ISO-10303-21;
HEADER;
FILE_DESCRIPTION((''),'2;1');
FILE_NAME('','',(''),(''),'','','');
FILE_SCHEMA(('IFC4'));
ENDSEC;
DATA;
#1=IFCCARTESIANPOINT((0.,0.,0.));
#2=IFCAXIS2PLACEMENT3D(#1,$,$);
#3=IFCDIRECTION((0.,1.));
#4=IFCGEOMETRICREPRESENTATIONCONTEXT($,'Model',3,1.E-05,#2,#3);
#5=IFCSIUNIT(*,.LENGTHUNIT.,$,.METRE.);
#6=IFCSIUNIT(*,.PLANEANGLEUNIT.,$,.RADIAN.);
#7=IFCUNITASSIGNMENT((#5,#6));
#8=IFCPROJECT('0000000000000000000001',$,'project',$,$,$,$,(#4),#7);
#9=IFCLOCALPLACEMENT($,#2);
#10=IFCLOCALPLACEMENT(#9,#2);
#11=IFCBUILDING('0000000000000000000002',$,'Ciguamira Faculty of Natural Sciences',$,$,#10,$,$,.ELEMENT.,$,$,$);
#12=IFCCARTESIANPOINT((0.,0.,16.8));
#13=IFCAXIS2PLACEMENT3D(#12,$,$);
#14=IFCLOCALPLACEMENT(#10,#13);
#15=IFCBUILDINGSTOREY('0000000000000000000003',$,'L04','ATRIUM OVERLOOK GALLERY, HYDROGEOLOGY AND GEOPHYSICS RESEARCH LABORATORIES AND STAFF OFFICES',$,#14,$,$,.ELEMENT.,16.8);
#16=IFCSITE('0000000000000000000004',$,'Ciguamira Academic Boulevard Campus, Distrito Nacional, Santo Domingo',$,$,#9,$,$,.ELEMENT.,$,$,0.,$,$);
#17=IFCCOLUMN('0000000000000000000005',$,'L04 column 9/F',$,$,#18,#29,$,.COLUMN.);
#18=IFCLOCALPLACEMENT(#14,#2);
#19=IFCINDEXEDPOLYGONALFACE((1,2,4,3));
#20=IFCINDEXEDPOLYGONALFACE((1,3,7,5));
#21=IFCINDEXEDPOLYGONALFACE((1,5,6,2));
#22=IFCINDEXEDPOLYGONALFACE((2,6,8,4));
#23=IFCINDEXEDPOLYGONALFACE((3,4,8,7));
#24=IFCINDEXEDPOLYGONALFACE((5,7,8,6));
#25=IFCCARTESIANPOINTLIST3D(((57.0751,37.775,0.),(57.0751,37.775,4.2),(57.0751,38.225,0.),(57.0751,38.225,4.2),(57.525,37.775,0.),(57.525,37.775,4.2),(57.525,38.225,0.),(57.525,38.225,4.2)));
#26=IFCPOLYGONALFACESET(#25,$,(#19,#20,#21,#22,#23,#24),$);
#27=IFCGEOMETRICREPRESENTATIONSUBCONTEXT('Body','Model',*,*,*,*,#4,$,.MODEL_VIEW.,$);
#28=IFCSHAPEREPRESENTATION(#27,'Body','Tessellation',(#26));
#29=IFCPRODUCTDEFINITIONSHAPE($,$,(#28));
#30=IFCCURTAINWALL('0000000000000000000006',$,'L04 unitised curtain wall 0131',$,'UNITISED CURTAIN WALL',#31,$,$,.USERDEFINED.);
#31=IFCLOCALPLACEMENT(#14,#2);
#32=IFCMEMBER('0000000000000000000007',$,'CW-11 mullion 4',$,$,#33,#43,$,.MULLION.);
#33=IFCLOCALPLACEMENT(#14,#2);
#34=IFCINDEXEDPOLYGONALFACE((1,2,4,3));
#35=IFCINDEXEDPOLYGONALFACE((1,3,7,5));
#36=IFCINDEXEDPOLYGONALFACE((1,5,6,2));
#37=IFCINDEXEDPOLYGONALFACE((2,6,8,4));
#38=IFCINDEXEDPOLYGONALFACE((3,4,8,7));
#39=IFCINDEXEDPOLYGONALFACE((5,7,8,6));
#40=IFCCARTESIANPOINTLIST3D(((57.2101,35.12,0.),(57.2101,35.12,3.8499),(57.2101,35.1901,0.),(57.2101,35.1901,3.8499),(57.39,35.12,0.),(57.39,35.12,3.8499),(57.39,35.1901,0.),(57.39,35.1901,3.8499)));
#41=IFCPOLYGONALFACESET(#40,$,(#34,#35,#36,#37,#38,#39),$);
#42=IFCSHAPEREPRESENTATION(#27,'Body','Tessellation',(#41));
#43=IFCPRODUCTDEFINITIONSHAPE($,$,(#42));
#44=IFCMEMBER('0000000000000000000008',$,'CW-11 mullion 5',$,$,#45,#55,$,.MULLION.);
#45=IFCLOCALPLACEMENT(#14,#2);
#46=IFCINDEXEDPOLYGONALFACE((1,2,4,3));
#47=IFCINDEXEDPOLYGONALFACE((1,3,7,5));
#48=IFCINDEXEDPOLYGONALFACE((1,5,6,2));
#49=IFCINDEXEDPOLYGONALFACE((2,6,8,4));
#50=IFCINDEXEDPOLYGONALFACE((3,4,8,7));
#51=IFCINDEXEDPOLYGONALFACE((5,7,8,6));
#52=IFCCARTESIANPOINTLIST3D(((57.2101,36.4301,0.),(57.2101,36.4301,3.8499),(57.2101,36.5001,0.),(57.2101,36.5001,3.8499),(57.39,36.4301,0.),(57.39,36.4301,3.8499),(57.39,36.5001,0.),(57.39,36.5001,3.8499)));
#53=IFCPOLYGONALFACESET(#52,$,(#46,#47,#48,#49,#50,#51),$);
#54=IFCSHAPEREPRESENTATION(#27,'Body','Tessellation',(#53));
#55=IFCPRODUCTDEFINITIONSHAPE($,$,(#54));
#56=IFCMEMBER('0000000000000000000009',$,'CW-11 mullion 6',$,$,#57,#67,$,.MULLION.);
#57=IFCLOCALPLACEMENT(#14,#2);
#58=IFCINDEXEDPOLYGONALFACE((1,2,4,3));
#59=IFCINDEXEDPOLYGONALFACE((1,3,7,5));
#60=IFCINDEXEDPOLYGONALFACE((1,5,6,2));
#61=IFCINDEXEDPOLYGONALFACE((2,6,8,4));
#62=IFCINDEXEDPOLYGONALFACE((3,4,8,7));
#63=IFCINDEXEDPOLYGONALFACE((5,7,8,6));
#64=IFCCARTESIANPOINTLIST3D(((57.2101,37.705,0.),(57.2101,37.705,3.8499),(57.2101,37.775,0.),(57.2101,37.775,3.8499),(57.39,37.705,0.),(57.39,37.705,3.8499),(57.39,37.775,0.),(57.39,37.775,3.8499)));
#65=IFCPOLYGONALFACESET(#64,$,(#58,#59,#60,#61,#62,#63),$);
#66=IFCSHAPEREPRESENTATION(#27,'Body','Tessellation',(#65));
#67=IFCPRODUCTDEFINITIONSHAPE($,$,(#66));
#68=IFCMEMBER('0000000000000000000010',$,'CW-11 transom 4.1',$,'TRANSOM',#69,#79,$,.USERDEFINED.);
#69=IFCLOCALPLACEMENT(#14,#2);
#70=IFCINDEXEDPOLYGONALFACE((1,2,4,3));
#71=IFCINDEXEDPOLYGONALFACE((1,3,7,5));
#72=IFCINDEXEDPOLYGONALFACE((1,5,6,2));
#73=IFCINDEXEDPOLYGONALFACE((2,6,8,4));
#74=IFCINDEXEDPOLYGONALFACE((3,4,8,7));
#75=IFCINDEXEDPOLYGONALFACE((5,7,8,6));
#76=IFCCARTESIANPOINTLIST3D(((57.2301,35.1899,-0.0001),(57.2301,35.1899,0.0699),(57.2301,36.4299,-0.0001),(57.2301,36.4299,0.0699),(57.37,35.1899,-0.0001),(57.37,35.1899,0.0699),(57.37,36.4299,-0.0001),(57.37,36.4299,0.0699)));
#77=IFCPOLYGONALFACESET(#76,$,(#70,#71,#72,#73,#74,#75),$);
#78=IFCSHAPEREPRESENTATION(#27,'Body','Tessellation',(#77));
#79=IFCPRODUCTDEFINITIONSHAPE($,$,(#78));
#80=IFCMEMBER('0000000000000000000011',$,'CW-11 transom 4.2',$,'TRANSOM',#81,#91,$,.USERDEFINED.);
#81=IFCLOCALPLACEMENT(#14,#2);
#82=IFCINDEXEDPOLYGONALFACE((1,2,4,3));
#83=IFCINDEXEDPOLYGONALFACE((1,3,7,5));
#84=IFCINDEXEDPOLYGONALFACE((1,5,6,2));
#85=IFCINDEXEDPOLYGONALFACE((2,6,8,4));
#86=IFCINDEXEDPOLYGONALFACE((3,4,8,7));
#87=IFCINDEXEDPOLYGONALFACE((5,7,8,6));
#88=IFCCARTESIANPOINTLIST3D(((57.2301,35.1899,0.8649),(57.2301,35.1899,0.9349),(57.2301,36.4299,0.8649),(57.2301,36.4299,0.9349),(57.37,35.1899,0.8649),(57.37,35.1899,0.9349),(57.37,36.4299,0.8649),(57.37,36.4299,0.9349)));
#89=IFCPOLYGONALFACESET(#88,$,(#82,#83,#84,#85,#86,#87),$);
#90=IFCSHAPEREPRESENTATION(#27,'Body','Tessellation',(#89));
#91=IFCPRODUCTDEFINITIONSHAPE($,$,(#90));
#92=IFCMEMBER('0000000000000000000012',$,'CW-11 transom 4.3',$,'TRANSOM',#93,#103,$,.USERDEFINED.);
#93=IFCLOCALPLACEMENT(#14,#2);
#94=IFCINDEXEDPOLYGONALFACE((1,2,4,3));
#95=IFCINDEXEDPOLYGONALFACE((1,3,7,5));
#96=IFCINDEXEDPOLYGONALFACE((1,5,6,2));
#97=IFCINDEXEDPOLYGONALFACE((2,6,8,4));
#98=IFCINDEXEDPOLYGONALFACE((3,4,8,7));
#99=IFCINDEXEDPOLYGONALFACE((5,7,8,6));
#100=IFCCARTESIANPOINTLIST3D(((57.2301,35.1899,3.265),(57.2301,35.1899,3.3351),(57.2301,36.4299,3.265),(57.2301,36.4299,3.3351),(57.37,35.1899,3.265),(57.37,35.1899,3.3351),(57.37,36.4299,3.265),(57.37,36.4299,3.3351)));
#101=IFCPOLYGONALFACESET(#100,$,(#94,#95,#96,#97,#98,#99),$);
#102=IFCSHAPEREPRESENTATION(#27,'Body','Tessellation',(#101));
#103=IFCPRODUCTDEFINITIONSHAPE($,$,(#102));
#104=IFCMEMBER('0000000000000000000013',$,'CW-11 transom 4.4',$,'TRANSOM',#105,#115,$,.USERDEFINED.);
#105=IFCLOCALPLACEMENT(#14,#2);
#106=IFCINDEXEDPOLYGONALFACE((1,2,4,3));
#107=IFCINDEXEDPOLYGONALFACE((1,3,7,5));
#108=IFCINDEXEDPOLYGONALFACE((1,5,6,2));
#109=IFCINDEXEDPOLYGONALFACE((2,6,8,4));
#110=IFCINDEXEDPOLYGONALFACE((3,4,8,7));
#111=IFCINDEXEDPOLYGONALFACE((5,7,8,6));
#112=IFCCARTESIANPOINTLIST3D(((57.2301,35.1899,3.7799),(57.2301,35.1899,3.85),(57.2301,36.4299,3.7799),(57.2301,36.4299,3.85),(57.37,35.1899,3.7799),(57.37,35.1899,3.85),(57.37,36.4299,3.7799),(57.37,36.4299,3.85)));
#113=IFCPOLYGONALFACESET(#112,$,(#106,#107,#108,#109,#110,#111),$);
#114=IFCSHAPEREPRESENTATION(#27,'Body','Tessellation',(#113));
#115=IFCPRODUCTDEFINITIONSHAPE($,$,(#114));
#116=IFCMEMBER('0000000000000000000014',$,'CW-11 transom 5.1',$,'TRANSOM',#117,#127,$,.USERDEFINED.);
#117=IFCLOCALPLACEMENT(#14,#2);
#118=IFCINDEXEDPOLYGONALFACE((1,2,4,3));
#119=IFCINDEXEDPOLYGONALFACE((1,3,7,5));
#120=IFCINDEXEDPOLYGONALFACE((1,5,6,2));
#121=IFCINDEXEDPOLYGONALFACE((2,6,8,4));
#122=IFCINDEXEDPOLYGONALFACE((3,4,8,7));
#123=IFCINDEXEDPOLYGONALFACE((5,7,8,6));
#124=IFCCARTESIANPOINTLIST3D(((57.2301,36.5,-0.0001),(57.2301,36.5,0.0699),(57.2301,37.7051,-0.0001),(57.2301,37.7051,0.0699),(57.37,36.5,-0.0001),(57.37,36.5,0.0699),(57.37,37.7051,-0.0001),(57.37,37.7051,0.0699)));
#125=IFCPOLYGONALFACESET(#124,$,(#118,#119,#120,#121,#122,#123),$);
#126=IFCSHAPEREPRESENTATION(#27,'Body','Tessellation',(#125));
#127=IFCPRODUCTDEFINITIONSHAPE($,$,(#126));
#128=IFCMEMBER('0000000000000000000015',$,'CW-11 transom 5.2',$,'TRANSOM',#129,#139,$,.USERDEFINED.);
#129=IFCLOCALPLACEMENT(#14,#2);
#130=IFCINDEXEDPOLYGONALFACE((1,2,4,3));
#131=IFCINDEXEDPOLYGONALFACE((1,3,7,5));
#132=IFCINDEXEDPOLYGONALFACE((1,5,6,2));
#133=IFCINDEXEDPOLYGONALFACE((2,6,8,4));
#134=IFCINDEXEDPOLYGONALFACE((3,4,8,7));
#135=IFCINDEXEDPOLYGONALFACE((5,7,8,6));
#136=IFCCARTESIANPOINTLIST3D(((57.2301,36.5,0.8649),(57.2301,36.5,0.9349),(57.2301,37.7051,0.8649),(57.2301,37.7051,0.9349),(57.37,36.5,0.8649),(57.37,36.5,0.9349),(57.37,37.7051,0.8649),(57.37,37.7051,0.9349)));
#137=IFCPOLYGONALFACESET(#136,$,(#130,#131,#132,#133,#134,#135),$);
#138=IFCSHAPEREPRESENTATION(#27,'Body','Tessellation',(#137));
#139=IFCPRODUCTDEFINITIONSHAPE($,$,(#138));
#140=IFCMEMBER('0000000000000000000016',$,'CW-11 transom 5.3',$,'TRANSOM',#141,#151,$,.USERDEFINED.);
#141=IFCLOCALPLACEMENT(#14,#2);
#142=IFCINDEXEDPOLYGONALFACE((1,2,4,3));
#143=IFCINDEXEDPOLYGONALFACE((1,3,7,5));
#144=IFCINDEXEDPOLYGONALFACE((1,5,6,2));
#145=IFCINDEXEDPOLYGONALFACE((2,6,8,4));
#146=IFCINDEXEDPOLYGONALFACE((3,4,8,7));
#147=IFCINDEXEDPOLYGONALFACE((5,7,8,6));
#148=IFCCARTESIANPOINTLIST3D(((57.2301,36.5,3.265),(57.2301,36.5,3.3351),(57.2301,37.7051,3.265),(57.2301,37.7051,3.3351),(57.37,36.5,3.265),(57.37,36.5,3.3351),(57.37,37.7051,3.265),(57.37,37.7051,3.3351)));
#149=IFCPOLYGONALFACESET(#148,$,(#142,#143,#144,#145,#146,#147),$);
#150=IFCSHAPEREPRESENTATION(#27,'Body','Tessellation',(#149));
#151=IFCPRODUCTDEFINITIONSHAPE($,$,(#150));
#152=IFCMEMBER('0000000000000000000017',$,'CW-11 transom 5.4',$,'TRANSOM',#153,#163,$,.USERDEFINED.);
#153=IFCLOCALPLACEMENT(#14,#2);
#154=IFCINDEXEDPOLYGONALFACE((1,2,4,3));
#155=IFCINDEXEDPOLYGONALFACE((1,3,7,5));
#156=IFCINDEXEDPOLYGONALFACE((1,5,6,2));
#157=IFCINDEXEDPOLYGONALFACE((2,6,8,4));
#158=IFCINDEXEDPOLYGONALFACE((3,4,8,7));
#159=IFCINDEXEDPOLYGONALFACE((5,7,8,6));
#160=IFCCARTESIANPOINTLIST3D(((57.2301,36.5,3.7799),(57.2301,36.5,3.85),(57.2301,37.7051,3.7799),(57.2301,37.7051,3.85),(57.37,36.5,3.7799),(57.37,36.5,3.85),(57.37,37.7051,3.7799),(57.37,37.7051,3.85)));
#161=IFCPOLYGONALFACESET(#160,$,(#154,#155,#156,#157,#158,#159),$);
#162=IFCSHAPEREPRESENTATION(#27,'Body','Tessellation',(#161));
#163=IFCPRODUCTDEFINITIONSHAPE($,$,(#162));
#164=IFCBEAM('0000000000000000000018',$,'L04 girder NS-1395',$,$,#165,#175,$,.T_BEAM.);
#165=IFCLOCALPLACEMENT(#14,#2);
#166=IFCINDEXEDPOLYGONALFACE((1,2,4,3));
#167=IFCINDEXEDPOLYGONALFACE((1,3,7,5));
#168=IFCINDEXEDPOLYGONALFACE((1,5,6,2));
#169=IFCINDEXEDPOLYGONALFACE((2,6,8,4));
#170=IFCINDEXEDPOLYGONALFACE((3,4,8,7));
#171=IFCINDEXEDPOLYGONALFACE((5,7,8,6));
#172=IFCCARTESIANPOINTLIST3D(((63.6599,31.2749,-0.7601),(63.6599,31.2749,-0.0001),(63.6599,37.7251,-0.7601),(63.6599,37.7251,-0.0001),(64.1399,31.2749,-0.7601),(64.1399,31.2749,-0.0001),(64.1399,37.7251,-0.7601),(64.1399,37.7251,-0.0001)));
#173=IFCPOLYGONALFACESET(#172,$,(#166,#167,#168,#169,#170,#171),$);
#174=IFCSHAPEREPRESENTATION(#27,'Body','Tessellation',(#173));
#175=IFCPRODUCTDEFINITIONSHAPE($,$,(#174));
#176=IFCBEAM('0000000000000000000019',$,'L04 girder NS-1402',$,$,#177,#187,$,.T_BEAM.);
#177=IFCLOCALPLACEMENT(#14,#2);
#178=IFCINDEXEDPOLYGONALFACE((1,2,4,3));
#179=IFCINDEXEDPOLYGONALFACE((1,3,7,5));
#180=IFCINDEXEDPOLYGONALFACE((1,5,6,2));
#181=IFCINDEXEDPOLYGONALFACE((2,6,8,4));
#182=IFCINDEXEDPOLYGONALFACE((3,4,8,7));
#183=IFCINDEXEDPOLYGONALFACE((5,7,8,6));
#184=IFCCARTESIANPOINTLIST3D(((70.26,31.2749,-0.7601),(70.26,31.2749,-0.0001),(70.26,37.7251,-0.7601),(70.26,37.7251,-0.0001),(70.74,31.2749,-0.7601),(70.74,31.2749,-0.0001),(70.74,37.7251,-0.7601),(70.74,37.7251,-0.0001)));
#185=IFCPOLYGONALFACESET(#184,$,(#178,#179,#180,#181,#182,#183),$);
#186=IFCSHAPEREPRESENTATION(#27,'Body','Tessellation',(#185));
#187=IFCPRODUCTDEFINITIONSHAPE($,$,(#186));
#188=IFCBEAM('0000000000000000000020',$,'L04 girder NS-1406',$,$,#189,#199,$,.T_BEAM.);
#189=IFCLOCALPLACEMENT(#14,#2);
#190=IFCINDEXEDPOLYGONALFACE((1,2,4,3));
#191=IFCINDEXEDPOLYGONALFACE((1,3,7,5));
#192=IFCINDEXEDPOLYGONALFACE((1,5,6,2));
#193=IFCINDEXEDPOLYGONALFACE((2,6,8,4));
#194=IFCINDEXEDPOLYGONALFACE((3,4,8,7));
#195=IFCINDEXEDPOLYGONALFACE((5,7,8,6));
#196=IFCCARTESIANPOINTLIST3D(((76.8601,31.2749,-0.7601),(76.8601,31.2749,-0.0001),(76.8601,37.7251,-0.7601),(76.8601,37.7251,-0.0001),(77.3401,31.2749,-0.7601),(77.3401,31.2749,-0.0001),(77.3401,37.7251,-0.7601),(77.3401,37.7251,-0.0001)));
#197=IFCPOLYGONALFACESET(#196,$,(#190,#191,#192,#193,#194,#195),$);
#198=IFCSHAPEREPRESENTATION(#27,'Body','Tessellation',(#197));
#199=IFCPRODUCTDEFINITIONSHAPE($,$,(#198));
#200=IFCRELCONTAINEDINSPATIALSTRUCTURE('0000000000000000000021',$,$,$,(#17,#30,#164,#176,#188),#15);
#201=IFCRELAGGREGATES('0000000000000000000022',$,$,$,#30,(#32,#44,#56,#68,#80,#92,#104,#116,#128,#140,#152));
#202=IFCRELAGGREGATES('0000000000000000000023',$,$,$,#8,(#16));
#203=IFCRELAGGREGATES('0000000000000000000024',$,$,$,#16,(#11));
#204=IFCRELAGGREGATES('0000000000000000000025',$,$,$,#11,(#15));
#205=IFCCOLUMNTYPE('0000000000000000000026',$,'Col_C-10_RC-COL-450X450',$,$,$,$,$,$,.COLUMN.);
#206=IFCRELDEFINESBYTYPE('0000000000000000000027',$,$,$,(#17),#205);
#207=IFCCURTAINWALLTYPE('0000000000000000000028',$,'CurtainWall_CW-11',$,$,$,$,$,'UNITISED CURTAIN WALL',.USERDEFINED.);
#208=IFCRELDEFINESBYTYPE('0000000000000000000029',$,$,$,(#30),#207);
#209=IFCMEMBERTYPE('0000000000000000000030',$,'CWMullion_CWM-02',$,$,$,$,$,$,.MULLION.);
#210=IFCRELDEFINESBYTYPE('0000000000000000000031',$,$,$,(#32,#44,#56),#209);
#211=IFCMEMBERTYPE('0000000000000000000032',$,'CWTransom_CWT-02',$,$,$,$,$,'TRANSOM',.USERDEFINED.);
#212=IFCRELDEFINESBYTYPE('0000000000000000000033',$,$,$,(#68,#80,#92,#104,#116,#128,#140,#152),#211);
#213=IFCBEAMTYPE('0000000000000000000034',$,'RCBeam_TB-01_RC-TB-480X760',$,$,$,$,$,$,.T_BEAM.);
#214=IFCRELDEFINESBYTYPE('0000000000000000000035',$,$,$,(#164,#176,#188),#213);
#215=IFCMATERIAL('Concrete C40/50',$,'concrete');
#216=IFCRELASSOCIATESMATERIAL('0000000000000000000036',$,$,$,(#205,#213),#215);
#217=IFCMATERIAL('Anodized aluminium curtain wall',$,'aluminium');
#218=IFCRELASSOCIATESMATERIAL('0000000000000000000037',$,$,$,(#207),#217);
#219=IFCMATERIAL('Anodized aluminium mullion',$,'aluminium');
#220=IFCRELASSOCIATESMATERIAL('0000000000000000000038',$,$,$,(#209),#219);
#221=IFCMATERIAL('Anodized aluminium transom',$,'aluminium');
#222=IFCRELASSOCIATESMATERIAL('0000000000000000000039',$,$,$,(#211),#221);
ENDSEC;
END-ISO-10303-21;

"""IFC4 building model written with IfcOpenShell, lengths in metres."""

from ifc_helpers import new_model, si_unit, direction, frame, origin, origin_2d, place, context, subcontext, project, spatial, rectangle, extrude, material, material_profile, profile_set, type_object, element, aggregate, save


model = new_model("IFC4")

# Units and contexts
model_context = context("Model", 3, precision=1e-05, world=origin(), true_north=direction((0.0, 1.0)))
body_context = subcontext(model_context, "Body", "Model", "MODEL_VIEW")
ifc_project = project(units=[si_unit("LENGTHUNIT", "METRE"), si_unit("PLANEANGLEUNIT", "RADIAN")], contexts=[model_context])

# Site, building, storey
site_placement = place(None, origin())
site = spatial("IfcSite", under=ifc_project, at=site_placement, Name="Ciguamira Academic Boulevard Campus, Distrito Nacional, Santo Domingo", CompositionType="ELEMENT", RefElevation=0.0)
building_placement = place(site_placement, origin())
building = spatial("IfcBuilding", under=site, at=building_placement, Name="Ciguamira Faculty of Natural Sciences", CompositionType="ELEMENT")
storey_placement = place(building_placement, frame((0.0, 0.0, 16.8)))
storey = spatial("IfcBuildingStorey", under=building, at=storey_placement, Name="L04", Description="ATRIUM OVERLOOK GALLERY, HYDROGEOLOGY AND GEOPHYSICS RESEARCH LABORATORIES AND STAFF OFFICES", CompositionType="ELEMENT", Elevation=16.8)

# Column
ifc_material_1 = material(Name="Concrete C40/50", Category="concrete")
ifc_material_profile_1 = material_profile(ifc_material_1, rectangle(XDim=0.45, YDim=0.45, at=origin_2d()), Name="RC-COL-450X450")
ifc_profile_set_1 = profile_set([ifc_material_profile_1], Name="Concrete C40/50")
column_type = type_object("IfcColumnType", Name="Col_C-10_RC-COL-450X450", PredefinedType="COLUMN", material=ifc_profile_set_1)
column_placement = place(storey_placement, frame((57.3, 38.0, 0.0), z_axis=(0.0, 0.0, 1.0), x_axis=(1.0, 0.0, 0.0)))
element("IfcColumn", 1, at=column_placement, inside=storey, type_object=column_type, Name="L04 column 9/F", PredefinedType="COLUMN", context=body_context, shape_type="SweptSolid", body=[
    extrude(rectangle(XDim=0.45, YDim=0.45, at=origin_2d()), origin(), (0.0, 0.0, 1.0), 4.2),
])

# Curtain wall, members
ifc_material_2 = material(Name="Anodized aluminium curtain wall", Category="aluminium")
curtain_wall_type = type_object("IfcCurtainWallType", Name="CurtainWall_CW-11", ElementType="UNITISED CURTAIN WALL", PredefinedType="USERDEFINED", material=ifc_material_2)
curtain_wall_placement = place(storey_placement, origin())
curtain_wall = element("IfcCurtainWall", 2, at=curtain_wall_placement, inside=storey, type_object=curtain_wall_type, Name="L04 unitised curtain wall 0131", ObjectType="UNITISED CURTAIN WALL", PredefinedType="USERDEFINED")
ifc_material_3 = material(Name="Anodized aluminium mullion", Category="aluminium")
ifc_material_profile_2 = material_profile(ifc_material_3, rectangle(XDim=0.0701, YDim=0.1799, at=origin_2d()), Name="ALU-MUL-70X180")
ifc_profile_set_2 = profile_set([ifc_material_profile_2], Name="Anodized aluminium mullion")
member_type_1 = type_object("IfcMemberType", Name="CWMullion_CWM-02", PredefinedType="MULLION", material=ifc_profile_set_2)
member_1_placement = place(storey_placement, frame((57.3, 35.155, 0.0), z_axis=(0.0, 0.0, 1.0), x_axis=(0.0, 1.0, 0.0)))
member_1 = element("IfcMember", 3, at=member_1_placement, type_object=member_type_1, Name="CW-11 mullion 4", PredefinedType="MULLION", context=body_context, shape_type="SweptSolid", body=[
    extrude(rectangle(XDim=0.0701, YDim=0.1799, at=origin_2d()), origin(), (0.0, 0.0, 1.0), 3.8499),
])
member_2_placement = place(storey_placement, frame((57.3, 36.4651, 0.0), z_axis=(0.0, 0.0, 1.0), x_axis=(0.0, 1.0, 0.0)))
member_2 = element("IfcMember", 4, at=member_2_placement, type_object=member_type_1, Name="CW-11 mullion 5", PredefinedType="MULLION", context=body_context, shape_type="SweptSolid", body=[
    extrude(rectangle(XDim=0.0701, YDim=0.1799, at=origin_2d()), origin(), (0.0, 0.0, 1.0), 3.8499),
])
member_3_placement = place(storey_placement, frame((57.3, 37.74, 0.0), z_axis=(0.0, 0.0, 1.0), x_axis=(0.0, 1.0, 0.0)))
member_3 = element("IfcMember", 5, at=member_3_placement, type_object=member_type_1, Name="CW-11 mullion 6", PredefinedType="MULLION", context=body_context, shape_type="SweptSolid", body=[
    extrude(rectangle(XDim=0.0701, YDim=0.1799, at=origin_2d()), origin(), (0.0, 0.0, 1.0), 3.8499),
])
ifc_material_4 = material(Name="Anodized aluminium transom", Category="aluminium")
ifc_material_profile_3 = material_profile(ifc_material_4, rectangle(XDim=0.0701, YDim=0.1399, at=origin_2d()), Name="ALU-TRN-70X140")
ifc_profile_set_3 = profile_set([ifc_material_profile_3], Name="Anodized aluminium transom")
member_type_2 = type_object("IfcMemberType", Name="CWTransom_CWT-02", ElementType="TRANSOM", PredefinedType="USERDEFINED", material=ifc_profile_set_3)
member_4_placement = place(storey_placement, frame((57.3, 35.1899, 0.0349), z_axis=(0.0, 1.0, 0.0), x_axis=(0.0, 0.0, 1.0)))
member_4 = element("IfcMember", 6, at=member_4_placement, type_object=member_type_2, Name="CW-11 transom 4.1", ObjectType="TRANSOM", PredefinedType="USERDEFINED", context=body_context, shape_type="SweptSolid", body=[
    extrude(rectangle(XDim=0.0701, YDim=0.1399, at=origin_2d()), origin(), (0.0, 0.0, 1.0), 1.24),
])
member_5_placement = place(storey_placement, frame((57.3, 35.1899, 0.8999), z_axis=(0.0, 1.0, 0.0), x_axis=(0.0, 0.0, 1.0)))
member_5 = element("IfcMember", 7, at=member_5_placement, type_object=member_type_2, Name="CW-11 transom 4.2", ObjectType="TRANSOM", PredefinedType="USERDEFINED", context=body_context, shape_type="SweptSolid", body=[
    extrude(rectangle(XDim=0.0701, YDim=0.1399, at=origin_2d()), origin(), (0.0, 0.0, 1.0), 1.24),
])
member_6_placement = place(storey_placement, frame((57.3, 35.1899, 3.3), z_axis=(0.0, 1.0, 0.0), x_axis=(0.0, 0.0, 1.0)))
member_6 = element("IfcMember", 8, at=member_6_placement, type_object=member_type_2, Name="CW-11 transom 4.3", ObjectType="TRANSOM", PredefinedType="USERDEFINED", context=body_context, shape_type="SweptSolid", body=[
    extrude(rectangle(XDim=0.0701, YDim=0.1399, at=origin_2d()), origin(), (0.0, 0.0, 1.0), 1.24),
])
member_7_placement = place(storey_placement, frame((57.3, 35.1899, 3.8149), z_axis=(0.0, 1.0, 0.0), x_axis=(0.0, 0.0, 1.0)))
member_7 = element("IfcMember", 9, at=member_7_placement, type_object=member_type_2, Name="CW-11 transom 4.4", ObjectType="TRANSOM", PredefinedType="USERDEFINED", context=body_context, shape_type="SweptSolid", body=[
    extrude(rectangle(XDim=0.0701, YDim=0.1399, at=origin_2d()), origin(), (0.0, 0.0, 1.0), 1.24),
])
member_8_placement = place(storey_placement, frame((57.3, 36.5, 0.0349), z_axis=(0.0, 1.0, 0.0), x_axis=(0.0, 0.0, 1.0)))
member_8 = element("IfcMember", 10, at=member_8_placement, type_object=member_type_2, Name="CW-11 transom 5.1", ObjectType="TRANSOM", PredefinedType="USERDEFINED", context=body_context, shape_type="SweptSolid", body=[
    extrude(rectangle(XDim=0.0701, YDim=0.1399, at=origin_2d()), origin(), (0.0, 0.0, 1.0), 1.2051),
])
member_9_placement = place(storey_placement, frame((57.3, 36.5, 0.8999), z_axis=(0.0, 1.0, 0.0), x_axis=(0.0, 0.0, 1.0)))
member_9 = element("IfcMember", 11, at=member_9_placement, type_object=member_type_2, Name="CW-11 transom 5.2", ObjectType="TRANSOM", PredefinedType="USERDEFINED", context=body_context, shape_type="SweptSolid", body=[
    extrude(rectangle(XDim=0.0701, YDim=0.1399, at=origin_2d()), origin(), (0.0, 0.0, 1.0), 1.2051),
])
member_10_placement = place(storey_placement, frame((57.3, 36.5, 3.3), z_axis=(0.0, 1.0, 0.0), x_axis=(0.0, 0.0, 1.0)))
member_10 = element("IfcMember", 12, at=member_10_placement, type_object=member_type_2, Name="CW-11 transom 5.3", ObjectType="TRANSOM", PredefinedType="USERDEFINED", context=body_context, shape_type="SweptSolid", body=[
    extrude(rectangle(XDim=0.0701, YDim=0.1399, at=origin_2d()), origin(), (0.0, 0.0, 1.0), 1.2051),
])
member_11_placement = place(storey_placement, frame((57.3, 36.5, 3.8149), z_axis=(0.0, 1.0, 0.0), x_axis=(0.0, 0.0, 1.0)))
member_11 = element("IfcMember", 13, at=member_11_placement, type_object=member_type_2, Name="CW-11 transom 5.4", ObjectType="TRANSOM", PredefinedType="USERDEFINED", context=body_context, shape_type="SweptSolid", body=[
    extrude(rectangle(XDim=0.0701, YDim=0.1399, at=origin_2d()), origin(), (0.0, 0.0, 1.0), 1.2051),
])

# Beams
ifc_material_profile_4 = material_profile(ifc_material_1, rectangle(XDim=0.48, YDim=0.76, at=origin_2d()), Name="RC-TB-480X760")
ifc_profile_set_4 = profile_set([ifc_material_profile_4], Name="Concrete C40/50")
beam_type = type_object("IfcBeamType", Name="RCBeam_TB-01_RC-TB-480X760", PredefinedType="T_BEAM", material=ifc_profile_set_4)
for number, where, z_axis, x_axis, name in (
    (14, (63.8999, 31.2749, -0.3801), (0.0, 1.0, 0.0), (-1.0, 0.0, 0.0), "L04 girder NS-1395"),
    (15, (70.5, 31.2749, -0.3801), (0.0, 1.0, 0.0), (-1.0, 0.0, 0.0), "L04 girder NS-1402"),
    (16, (77.1001, 31.2749, -0.3801), (0.0, 1.0, 0.0), (-1.0, 0.0, 0.0), "L04 girder NS-1406"),
):
    element("IfcBeam", number, at=place(storey_placement, frame(where, z_axis=z_axis, x_axis=x_axis)), inside=storey, type_object=beam_type, Name=name, PredefinedType="T_BEAM", context=body_context, shape_type="SweptSolid", body=[
        extrude(rectangle(XDim=0.48, YDim=0.76, at=origin_2d()), origin(), (0.0, 0.0, 1.0), 6.4502),
    ])

aggregate(curtain_wall, [member_1, member_2, member_3, member_4, member_5, member_6, member_7, member_8, member_9, member_10, member_11])

save(model, "model.ifc")
